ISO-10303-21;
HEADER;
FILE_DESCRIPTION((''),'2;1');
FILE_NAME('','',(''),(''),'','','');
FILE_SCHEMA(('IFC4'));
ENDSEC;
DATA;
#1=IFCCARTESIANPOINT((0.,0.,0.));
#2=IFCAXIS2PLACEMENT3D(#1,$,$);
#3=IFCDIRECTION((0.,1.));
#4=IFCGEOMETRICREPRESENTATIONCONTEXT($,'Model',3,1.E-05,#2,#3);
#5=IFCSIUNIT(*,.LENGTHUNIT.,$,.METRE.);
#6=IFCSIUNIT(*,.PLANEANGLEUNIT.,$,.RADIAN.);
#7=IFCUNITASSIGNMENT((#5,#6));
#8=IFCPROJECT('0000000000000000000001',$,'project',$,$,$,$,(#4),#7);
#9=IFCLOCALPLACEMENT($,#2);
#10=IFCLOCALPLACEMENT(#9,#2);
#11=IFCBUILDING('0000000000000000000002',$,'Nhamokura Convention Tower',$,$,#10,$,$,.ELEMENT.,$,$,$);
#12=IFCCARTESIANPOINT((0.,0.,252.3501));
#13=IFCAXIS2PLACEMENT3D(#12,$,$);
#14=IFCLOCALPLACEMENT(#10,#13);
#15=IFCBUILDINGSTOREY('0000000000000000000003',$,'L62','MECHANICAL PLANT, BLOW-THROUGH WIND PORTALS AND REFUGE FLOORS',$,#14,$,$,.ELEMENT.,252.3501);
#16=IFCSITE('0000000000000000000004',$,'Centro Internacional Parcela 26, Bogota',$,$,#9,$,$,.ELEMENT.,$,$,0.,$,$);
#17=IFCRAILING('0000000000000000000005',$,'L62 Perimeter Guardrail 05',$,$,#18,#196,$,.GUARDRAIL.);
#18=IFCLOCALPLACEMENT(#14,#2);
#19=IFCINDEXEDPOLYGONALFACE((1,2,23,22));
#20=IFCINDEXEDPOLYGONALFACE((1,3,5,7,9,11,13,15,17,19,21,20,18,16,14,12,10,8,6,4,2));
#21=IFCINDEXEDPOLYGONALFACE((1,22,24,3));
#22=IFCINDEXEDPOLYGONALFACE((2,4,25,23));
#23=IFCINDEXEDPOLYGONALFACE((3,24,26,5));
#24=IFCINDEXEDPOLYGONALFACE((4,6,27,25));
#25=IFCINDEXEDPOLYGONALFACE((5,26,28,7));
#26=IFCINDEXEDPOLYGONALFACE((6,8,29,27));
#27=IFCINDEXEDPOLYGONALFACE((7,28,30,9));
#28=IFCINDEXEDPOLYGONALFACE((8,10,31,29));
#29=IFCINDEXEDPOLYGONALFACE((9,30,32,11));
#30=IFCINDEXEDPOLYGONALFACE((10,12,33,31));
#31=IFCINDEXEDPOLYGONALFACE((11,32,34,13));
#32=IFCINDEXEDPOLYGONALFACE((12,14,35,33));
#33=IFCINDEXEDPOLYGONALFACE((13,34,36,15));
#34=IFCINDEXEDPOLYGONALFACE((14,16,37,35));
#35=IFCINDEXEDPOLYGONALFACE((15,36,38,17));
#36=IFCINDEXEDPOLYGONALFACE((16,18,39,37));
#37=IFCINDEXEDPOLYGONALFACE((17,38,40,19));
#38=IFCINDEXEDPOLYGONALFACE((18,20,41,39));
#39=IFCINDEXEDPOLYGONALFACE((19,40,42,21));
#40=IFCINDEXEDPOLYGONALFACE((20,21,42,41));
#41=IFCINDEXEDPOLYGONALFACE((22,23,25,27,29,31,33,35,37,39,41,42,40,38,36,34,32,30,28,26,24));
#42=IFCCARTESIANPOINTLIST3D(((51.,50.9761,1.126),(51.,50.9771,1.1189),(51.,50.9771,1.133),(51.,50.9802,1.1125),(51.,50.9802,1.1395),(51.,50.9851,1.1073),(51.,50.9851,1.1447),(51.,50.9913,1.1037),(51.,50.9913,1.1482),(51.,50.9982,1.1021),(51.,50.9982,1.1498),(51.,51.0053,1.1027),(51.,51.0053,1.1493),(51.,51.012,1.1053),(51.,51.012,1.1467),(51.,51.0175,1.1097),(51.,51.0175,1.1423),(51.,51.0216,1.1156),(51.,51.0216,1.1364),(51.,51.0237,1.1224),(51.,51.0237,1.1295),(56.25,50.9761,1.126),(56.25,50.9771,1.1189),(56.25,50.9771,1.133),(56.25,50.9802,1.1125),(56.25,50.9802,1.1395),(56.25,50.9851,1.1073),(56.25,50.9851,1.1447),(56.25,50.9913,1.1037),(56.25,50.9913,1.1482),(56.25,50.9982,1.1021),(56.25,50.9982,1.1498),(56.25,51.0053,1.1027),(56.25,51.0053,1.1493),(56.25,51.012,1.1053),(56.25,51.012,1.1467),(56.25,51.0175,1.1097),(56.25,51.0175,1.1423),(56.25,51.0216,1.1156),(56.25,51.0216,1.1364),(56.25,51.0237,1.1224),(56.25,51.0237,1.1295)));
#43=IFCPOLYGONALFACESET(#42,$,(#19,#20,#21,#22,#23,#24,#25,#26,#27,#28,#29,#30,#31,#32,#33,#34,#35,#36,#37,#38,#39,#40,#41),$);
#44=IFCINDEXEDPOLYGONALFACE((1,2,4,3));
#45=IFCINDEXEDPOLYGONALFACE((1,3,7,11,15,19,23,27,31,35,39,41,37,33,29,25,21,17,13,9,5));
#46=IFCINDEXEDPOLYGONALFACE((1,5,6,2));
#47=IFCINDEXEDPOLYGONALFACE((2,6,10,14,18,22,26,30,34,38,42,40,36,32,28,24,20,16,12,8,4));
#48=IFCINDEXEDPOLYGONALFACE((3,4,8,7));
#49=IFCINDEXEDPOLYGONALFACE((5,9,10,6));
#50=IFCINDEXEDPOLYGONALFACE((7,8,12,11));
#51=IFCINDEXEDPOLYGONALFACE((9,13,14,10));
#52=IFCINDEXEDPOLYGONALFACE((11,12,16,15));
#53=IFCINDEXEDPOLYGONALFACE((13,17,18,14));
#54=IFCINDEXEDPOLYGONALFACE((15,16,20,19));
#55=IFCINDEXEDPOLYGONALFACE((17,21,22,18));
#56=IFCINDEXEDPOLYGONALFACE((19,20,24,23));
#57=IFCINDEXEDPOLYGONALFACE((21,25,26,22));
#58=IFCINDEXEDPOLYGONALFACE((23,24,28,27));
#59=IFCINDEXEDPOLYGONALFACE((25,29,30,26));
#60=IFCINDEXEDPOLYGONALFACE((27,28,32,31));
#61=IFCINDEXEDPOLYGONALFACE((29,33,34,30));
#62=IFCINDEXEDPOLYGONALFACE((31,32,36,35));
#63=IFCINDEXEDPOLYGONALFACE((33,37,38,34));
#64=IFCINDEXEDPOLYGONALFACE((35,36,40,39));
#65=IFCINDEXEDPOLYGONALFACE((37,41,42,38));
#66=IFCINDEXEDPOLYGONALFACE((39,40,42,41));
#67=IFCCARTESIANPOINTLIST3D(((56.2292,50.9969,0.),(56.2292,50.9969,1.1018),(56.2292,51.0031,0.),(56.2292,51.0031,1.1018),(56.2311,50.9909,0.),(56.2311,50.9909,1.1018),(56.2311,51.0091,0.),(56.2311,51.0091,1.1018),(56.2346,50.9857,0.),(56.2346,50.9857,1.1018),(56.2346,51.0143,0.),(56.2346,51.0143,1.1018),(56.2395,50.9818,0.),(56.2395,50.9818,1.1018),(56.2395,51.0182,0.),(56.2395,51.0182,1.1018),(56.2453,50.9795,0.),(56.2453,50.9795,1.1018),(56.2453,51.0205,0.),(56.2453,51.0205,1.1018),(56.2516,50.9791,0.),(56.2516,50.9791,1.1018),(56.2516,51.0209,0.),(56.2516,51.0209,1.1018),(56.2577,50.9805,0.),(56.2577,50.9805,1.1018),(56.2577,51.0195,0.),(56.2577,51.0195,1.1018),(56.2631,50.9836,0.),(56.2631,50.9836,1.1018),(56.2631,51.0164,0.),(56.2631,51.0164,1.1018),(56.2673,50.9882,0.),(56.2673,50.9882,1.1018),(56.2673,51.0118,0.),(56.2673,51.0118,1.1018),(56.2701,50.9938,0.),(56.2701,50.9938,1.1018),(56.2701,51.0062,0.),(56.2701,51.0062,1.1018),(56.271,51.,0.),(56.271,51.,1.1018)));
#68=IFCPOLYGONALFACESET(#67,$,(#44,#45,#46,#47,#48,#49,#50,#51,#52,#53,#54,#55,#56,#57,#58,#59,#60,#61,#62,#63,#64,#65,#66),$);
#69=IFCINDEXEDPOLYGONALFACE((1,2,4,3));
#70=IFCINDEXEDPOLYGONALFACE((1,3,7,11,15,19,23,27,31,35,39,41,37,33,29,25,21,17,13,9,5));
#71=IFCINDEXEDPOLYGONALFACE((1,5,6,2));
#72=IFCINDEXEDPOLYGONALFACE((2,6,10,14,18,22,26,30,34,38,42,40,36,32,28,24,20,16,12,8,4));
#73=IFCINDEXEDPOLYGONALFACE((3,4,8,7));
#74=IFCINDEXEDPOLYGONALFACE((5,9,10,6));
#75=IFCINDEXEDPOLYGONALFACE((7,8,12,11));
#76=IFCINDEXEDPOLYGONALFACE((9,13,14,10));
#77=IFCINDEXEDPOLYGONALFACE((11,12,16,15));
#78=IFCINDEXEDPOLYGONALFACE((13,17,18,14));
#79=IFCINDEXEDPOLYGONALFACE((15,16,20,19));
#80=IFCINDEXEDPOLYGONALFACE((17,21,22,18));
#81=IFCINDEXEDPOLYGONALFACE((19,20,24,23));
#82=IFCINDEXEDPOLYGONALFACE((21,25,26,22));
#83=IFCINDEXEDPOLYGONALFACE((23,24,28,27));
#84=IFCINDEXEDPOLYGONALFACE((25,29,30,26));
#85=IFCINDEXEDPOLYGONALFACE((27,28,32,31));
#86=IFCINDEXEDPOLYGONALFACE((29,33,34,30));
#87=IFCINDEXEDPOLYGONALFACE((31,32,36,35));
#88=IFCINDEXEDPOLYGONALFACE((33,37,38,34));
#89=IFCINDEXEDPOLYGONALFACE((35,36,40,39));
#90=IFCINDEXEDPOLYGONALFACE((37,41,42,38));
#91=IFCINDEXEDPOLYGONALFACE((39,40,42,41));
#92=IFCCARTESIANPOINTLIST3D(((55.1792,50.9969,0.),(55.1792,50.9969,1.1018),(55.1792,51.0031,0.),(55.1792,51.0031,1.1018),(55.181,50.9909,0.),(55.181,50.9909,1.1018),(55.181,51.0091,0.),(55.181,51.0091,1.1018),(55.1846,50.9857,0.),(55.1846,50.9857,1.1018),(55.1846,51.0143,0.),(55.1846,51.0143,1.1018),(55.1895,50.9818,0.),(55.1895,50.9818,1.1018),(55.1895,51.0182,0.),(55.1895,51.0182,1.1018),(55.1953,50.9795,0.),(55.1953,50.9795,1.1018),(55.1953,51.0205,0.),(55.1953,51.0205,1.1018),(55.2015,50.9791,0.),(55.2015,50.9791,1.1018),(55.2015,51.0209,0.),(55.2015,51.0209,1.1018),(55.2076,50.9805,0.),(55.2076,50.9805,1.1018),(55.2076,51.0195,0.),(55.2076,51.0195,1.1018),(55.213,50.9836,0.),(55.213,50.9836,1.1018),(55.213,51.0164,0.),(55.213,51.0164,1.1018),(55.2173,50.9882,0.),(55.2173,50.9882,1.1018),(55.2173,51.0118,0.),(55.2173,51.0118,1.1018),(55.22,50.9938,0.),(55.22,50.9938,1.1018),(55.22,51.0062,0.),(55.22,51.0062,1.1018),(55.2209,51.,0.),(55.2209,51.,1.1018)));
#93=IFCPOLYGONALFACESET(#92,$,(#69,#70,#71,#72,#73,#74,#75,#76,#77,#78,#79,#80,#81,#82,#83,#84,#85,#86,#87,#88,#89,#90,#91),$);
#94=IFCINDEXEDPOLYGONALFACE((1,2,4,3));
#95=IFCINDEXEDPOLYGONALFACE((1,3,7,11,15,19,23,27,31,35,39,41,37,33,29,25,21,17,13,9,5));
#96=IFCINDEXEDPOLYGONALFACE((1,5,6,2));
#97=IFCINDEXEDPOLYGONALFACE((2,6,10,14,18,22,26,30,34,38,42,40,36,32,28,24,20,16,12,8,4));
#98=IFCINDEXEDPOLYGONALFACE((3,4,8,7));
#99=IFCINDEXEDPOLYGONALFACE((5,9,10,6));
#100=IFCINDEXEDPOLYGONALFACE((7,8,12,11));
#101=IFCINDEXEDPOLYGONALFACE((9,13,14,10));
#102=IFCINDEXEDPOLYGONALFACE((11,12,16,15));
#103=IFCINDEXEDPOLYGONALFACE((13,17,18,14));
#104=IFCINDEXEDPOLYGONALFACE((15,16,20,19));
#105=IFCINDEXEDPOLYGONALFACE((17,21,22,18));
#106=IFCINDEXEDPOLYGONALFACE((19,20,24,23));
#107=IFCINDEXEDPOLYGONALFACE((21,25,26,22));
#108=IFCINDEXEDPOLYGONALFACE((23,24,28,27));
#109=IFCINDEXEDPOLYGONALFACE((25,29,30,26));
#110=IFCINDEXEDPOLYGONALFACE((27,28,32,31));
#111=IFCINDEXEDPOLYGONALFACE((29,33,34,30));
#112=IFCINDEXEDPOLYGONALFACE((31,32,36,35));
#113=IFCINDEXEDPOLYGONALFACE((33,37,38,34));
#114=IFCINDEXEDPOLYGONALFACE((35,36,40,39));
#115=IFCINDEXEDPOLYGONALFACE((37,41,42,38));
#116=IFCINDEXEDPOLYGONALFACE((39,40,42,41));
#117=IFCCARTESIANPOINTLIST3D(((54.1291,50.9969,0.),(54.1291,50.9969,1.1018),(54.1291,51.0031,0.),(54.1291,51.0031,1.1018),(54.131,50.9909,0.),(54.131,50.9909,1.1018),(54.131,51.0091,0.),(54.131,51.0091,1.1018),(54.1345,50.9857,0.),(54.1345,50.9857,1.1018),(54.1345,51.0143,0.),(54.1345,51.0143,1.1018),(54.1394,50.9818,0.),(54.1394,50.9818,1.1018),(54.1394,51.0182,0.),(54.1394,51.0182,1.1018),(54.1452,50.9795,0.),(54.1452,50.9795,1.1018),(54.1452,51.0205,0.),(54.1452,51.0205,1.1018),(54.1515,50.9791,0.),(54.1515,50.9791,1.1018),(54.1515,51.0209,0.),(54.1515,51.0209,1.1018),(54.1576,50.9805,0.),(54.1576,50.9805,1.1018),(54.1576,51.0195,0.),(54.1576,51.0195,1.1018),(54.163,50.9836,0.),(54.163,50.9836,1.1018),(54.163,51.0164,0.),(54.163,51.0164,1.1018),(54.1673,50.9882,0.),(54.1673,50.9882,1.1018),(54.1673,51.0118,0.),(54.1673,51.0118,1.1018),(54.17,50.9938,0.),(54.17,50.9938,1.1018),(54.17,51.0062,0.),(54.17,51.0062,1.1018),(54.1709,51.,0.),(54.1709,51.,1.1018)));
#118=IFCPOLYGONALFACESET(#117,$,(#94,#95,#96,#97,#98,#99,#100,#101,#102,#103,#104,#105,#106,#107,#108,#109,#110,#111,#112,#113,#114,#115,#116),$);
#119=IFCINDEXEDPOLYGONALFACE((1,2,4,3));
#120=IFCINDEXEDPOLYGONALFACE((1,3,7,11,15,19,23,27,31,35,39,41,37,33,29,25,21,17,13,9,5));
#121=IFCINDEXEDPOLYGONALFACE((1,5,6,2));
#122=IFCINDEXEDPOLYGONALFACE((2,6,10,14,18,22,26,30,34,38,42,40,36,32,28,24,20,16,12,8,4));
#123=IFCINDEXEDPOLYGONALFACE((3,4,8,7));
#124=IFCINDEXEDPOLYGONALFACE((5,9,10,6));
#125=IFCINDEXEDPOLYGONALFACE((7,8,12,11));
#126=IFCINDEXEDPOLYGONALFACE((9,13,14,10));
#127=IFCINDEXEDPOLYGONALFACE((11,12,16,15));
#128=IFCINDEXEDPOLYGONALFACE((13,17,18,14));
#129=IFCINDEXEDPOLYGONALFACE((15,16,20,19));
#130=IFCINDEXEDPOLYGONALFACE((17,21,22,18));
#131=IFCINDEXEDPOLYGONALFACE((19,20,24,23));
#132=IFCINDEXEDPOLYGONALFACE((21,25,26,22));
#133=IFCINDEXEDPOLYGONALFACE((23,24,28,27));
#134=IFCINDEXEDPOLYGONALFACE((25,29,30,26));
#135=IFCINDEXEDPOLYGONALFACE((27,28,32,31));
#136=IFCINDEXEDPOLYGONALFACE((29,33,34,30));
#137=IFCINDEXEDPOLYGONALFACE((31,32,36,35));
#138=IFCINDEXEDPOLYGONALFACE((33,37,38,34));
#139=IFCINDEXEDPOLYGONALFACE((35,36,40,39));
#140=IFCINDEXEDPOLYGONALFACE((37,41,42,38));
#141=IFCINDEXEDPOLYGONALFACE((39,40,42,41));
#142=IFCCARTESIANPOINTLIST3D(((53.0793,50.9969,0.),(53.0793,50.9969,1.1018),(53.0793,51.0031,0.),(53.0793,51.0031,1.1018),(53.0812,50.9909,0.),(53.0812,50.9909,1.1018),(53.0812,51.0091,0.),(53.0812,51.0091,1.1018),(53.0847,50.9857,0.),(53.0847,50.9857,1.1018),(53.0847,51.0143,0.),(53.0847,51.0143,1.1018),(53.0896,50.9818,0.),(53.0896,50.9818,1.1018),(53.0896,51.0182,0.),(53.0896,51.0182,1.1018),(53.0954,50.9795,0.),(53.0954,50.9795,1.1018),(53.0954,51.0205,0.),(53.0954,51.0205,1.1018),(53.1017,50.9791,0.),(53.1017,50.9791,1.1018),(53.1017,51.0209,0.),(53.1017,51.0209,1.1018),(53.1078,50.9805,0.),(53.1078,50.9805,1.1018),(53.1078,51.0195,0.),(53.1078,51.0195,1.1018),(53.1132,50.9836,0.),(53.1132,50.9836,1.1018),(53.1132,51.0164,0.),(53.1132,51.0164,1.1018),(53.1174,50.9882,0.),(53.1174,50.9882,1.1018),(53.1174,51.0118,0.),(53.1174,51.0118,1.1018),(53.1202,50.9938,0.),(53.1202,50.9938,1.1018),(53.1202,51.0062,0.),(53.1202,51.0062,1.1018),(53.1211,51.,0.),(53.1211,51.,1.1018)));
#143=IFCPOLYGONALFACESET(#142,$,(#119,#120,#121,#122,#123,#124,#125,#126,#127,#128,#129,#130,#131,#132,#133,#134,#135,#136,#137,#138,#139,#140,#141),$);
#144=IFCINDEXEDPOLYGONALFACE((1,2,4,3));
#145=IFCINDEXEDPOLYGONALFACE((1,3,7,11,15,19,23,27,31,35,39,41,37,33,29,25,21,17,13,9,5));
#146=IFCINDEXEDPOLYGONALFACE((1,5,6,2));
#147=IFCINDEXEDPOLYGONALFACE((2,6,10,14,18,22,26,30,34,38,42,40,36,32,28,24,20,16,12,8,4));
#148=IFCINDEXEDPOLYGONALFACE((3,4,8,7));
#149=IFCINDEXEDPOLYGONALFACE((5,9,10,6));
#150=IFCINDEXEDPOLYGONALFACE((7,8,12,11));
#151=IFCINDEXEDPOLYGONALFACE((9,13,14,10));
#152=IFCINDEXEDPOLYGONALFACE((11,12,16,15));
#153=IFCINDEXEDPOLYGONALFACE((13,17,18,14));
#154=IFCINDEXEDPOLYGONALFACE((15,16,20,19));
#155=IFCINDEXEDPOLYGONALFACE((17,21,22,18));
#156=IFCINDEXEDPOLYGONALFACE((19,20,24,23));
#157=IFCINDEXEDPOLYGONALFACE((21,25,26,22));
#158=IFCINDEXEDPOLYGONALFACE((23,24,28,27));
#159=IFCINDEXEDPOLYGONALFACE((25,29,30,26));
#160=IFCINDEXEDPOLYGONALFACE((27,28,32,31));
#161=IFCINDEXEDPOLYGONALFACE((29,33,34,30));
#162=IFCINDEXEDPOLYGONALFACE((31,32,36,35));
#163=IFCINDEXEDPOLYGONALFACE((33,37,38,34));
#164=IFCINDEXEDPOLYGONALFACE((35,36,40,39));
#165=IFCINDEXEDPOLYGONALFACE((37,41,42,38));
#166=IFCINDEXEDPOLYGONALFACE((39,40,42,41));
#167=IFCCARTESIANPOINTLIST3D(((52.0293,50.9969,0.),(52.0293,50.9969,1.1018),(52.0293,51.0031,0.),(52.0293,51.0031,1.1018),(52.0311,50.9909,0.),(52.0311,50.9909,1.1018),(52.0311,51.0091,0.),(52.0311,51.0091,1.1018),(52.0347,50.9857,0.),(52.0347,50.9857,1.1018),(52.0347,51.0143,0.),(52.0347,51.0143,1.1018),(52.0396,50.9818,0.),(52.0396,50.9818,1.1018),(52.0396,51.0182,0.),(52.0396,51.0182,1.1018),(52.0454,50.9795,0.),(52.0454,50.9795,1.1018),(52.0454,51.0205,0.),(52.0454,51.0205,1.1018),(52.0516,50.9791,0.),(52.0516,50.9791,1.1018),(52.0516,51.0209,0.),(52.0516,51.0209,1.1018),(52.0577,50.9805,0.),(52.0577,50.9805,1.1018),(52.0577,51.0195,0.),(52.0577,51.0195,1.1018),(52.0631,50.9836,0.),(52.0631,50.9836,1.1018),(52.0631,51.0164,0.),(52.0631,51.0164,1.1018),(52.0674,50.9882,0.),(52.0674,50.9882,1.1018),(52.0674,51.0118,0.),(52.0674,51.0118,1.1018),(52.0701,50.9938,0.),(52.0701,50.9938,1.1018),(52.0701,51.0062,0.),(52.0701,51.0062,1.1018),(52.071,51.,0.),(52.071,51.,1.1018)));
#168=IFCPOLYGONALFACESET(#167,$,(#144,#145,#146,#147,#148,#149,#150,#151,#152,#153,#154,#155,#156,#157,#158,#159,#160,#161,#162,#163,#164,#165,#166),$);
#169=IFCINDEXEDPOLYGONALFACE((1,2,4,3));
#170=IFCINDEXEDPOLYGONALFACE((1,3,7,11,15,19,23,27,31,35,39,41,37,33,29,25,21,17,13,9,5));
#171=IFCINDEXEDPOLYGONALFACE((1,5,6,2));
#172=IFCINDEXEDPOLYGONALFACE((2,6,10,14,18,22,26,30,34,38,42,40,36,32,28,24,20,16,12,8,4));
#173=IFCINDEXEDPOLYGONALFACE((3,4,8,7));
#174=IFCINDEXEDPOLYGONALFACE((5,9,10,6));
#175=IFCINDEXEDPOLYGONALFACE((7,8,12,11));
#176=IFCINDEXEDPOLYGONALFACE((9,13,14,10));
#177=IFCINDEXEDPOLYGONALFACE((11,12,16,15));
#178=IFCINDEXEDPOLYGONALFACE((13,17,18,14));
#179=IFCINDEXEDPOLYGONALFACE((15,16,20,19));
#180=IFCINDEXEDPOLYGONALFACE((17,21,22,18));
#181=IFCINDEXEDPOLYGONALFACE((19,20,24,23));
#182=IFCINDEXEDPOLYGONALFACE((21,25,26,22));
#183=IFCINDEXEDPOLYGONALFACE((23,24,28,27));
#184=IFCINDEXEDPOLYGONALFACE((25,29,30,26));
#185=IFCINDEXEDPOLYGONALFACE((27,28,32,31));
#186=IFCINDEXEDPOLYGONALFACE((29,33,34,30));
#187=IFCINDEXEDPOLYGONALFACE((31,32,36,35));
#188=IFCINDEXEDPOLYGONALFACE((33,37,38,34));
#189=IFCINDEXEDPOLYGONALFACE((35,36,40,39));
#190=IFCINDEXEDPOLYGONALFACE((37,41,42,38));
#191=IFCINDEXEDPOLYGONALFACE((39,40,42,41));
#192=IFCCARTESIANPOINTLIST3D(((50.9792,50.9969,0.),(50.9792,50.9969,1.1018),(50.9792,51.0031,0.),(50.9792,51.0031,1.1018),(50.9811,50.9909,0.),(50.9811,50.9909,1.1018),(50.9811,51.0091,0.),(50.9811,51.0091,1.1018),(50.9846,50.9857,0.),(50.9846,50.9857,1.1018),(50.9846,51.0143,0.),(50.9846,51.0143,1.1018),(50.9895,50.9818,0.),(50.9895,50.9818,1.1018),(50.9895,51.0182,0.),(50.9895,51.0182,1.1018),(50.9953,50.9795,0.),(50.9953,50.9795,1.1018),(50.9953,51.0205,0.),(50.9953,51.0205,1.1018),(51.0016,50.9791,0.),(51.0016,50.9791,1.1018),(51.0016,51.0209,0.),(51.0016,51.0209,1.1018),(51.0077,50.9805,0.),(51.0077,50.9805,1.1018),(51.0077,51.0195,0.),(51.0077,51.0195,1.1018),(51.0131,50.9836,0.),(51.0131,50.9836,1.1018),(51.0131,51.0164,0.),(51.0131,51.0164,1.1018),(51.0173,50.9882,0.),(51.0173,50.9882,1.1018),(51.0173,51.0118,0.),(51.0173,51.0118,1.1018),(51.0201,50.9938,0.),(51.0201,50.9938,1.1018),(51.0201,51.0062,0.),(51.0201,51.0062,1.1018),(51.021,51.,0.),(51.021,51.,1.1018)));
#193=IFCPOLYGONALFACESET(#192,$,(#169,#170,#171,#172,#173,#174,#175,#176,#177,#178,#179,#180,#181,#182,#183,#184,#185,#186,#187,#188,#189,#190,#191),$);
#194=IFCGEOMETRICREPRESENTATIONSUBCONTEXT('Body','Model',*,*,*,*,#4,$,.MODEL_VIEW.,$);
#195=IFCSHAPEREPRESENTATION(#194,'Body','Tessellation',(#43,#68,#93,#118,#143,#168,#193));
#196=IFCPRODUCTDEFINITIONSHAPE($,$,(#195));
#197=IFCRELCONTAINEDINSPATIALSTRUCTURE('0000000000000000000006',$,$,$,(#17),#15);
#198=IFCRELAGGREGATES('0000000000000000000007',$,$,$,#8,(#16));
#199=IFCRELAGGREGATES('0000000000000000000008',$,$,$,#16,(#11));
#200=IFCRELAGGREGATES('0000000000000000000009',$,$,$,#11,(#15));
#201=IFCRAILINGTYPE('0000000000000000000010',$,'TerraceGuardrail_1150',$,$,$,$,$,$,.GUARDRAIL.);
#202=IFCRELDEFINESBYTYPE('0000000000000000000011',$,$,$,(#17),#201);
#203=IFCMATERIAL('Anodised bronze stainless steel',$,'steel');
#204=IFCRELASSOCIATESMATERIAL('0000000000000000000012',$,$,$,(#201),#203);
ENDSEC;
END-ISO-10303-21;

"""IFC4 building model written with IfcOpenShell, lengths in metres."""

from ifc_helpers import new_model, si_unit, direction, frame, origin, origin_2d, place, context, subcontext, project, spatial, circle, extrude, material, type_object, element, save


model = new_model("IFC4")

# Units and contexts
model_context = context("Model", 3, precision=1e-05, world=origin(), true_north=direction((0.0, 1.0)))
body_context = subcontext(model_context, "Body", "Model", "MODEL_VIEW")
ifc_project = project(units=[si_unit("LENGTHUNIT", "METRE"), si_unit("PLANEANGLEUNIT", "RADIAN")], contexts=[model_context])

# Site, building, storey
site_placement = place(None, origin())
site = spatial("IfcSite", under=ifc_project, at=site_placement, Name="Centro Internacional Parcela 26, Bogota", CompositionType="ELEMENT", RefElevation=0.0)
building_placement = place(site_placement, origin())
building = spatial("IfcBuilding", under=site, at=building_placement, Name="Nhamokura Convention Tower", CompositionType="ELEMENT")
storey_placement = place(building_placement, frame((0.0, 0.0, 252.3501)))
storey = spatial("IfcBuildingStorey", under=building, at=storey_placement, Name="L62", Description="MECHANICAL PLANT, BLOW-THROUGH WIND PORTALS AND REFUGE FLOORS", CompositionType="ELEMENT", Elevation=252.3501)

# Railing
ifc_material_1 = material(Name="Anodised bronze stainless steel", Category="steel")
railing_type = type_object("IfcRailingType", Name="TerraceGuardrail_1150", PredefinedType="GUARDRAIL", material=ifc_material_1)
railing_1_placement = place(storey_placement, frame((56.25, 51.0, 0.0)))
element("IfcRailing", 1, at=railing_1_placement, inside=storey, type_object=railing_type, Name="L62 Perimeter Guardrail 05", PredefinedType="GUARDRAIL", context=body_context, shape_type="SweptSolid", body=[
    extrude(circle(Radius=0.0239, at=origin_2d()), frame((0.0, 0.0, 1.126), z_axis=(-1.0, 0.0, 0.0), x_axis=(0.0, -1.0, 0.0)), (0.0, 0.0, 1.0), 5.25),
    extrude(circle(Radius=0.021, at=origin_2d()), origin(), (0.0, 0.0, 1.0), 1.1018),
    extrude(circle(Radius=0.021, at=origin_2d()), frame((-1.05, 0.0, 0.0)), (0.0, 0.0, 1.0), 1.1018),
    extrude(circle(Radius=0.021, at=origin_2d()), frame((-2.1001, 0.0, 0.0)), (0.0, 0.0, 1.0), 1.1018),
    extrude(circle(Radius=0.021, at=origin_2d()), frame((-3.1499, 0.0, 0.0)), (0.0, 0.0, 1.0), 1.1018),
    extrude(circle(Radius=0.021, at=origin_2d()), frame((-4.2, 0.0, 0.0)), (0.0, 0.0, 1.0), 1.1018),
    extrude(circle(Radius=0.021, at=origin_2d()), frame((-5.25, 0.0, 0.0)), (0.0, 0.0, 1.0), 1.1018),
])

save(model, "model.ifc")
